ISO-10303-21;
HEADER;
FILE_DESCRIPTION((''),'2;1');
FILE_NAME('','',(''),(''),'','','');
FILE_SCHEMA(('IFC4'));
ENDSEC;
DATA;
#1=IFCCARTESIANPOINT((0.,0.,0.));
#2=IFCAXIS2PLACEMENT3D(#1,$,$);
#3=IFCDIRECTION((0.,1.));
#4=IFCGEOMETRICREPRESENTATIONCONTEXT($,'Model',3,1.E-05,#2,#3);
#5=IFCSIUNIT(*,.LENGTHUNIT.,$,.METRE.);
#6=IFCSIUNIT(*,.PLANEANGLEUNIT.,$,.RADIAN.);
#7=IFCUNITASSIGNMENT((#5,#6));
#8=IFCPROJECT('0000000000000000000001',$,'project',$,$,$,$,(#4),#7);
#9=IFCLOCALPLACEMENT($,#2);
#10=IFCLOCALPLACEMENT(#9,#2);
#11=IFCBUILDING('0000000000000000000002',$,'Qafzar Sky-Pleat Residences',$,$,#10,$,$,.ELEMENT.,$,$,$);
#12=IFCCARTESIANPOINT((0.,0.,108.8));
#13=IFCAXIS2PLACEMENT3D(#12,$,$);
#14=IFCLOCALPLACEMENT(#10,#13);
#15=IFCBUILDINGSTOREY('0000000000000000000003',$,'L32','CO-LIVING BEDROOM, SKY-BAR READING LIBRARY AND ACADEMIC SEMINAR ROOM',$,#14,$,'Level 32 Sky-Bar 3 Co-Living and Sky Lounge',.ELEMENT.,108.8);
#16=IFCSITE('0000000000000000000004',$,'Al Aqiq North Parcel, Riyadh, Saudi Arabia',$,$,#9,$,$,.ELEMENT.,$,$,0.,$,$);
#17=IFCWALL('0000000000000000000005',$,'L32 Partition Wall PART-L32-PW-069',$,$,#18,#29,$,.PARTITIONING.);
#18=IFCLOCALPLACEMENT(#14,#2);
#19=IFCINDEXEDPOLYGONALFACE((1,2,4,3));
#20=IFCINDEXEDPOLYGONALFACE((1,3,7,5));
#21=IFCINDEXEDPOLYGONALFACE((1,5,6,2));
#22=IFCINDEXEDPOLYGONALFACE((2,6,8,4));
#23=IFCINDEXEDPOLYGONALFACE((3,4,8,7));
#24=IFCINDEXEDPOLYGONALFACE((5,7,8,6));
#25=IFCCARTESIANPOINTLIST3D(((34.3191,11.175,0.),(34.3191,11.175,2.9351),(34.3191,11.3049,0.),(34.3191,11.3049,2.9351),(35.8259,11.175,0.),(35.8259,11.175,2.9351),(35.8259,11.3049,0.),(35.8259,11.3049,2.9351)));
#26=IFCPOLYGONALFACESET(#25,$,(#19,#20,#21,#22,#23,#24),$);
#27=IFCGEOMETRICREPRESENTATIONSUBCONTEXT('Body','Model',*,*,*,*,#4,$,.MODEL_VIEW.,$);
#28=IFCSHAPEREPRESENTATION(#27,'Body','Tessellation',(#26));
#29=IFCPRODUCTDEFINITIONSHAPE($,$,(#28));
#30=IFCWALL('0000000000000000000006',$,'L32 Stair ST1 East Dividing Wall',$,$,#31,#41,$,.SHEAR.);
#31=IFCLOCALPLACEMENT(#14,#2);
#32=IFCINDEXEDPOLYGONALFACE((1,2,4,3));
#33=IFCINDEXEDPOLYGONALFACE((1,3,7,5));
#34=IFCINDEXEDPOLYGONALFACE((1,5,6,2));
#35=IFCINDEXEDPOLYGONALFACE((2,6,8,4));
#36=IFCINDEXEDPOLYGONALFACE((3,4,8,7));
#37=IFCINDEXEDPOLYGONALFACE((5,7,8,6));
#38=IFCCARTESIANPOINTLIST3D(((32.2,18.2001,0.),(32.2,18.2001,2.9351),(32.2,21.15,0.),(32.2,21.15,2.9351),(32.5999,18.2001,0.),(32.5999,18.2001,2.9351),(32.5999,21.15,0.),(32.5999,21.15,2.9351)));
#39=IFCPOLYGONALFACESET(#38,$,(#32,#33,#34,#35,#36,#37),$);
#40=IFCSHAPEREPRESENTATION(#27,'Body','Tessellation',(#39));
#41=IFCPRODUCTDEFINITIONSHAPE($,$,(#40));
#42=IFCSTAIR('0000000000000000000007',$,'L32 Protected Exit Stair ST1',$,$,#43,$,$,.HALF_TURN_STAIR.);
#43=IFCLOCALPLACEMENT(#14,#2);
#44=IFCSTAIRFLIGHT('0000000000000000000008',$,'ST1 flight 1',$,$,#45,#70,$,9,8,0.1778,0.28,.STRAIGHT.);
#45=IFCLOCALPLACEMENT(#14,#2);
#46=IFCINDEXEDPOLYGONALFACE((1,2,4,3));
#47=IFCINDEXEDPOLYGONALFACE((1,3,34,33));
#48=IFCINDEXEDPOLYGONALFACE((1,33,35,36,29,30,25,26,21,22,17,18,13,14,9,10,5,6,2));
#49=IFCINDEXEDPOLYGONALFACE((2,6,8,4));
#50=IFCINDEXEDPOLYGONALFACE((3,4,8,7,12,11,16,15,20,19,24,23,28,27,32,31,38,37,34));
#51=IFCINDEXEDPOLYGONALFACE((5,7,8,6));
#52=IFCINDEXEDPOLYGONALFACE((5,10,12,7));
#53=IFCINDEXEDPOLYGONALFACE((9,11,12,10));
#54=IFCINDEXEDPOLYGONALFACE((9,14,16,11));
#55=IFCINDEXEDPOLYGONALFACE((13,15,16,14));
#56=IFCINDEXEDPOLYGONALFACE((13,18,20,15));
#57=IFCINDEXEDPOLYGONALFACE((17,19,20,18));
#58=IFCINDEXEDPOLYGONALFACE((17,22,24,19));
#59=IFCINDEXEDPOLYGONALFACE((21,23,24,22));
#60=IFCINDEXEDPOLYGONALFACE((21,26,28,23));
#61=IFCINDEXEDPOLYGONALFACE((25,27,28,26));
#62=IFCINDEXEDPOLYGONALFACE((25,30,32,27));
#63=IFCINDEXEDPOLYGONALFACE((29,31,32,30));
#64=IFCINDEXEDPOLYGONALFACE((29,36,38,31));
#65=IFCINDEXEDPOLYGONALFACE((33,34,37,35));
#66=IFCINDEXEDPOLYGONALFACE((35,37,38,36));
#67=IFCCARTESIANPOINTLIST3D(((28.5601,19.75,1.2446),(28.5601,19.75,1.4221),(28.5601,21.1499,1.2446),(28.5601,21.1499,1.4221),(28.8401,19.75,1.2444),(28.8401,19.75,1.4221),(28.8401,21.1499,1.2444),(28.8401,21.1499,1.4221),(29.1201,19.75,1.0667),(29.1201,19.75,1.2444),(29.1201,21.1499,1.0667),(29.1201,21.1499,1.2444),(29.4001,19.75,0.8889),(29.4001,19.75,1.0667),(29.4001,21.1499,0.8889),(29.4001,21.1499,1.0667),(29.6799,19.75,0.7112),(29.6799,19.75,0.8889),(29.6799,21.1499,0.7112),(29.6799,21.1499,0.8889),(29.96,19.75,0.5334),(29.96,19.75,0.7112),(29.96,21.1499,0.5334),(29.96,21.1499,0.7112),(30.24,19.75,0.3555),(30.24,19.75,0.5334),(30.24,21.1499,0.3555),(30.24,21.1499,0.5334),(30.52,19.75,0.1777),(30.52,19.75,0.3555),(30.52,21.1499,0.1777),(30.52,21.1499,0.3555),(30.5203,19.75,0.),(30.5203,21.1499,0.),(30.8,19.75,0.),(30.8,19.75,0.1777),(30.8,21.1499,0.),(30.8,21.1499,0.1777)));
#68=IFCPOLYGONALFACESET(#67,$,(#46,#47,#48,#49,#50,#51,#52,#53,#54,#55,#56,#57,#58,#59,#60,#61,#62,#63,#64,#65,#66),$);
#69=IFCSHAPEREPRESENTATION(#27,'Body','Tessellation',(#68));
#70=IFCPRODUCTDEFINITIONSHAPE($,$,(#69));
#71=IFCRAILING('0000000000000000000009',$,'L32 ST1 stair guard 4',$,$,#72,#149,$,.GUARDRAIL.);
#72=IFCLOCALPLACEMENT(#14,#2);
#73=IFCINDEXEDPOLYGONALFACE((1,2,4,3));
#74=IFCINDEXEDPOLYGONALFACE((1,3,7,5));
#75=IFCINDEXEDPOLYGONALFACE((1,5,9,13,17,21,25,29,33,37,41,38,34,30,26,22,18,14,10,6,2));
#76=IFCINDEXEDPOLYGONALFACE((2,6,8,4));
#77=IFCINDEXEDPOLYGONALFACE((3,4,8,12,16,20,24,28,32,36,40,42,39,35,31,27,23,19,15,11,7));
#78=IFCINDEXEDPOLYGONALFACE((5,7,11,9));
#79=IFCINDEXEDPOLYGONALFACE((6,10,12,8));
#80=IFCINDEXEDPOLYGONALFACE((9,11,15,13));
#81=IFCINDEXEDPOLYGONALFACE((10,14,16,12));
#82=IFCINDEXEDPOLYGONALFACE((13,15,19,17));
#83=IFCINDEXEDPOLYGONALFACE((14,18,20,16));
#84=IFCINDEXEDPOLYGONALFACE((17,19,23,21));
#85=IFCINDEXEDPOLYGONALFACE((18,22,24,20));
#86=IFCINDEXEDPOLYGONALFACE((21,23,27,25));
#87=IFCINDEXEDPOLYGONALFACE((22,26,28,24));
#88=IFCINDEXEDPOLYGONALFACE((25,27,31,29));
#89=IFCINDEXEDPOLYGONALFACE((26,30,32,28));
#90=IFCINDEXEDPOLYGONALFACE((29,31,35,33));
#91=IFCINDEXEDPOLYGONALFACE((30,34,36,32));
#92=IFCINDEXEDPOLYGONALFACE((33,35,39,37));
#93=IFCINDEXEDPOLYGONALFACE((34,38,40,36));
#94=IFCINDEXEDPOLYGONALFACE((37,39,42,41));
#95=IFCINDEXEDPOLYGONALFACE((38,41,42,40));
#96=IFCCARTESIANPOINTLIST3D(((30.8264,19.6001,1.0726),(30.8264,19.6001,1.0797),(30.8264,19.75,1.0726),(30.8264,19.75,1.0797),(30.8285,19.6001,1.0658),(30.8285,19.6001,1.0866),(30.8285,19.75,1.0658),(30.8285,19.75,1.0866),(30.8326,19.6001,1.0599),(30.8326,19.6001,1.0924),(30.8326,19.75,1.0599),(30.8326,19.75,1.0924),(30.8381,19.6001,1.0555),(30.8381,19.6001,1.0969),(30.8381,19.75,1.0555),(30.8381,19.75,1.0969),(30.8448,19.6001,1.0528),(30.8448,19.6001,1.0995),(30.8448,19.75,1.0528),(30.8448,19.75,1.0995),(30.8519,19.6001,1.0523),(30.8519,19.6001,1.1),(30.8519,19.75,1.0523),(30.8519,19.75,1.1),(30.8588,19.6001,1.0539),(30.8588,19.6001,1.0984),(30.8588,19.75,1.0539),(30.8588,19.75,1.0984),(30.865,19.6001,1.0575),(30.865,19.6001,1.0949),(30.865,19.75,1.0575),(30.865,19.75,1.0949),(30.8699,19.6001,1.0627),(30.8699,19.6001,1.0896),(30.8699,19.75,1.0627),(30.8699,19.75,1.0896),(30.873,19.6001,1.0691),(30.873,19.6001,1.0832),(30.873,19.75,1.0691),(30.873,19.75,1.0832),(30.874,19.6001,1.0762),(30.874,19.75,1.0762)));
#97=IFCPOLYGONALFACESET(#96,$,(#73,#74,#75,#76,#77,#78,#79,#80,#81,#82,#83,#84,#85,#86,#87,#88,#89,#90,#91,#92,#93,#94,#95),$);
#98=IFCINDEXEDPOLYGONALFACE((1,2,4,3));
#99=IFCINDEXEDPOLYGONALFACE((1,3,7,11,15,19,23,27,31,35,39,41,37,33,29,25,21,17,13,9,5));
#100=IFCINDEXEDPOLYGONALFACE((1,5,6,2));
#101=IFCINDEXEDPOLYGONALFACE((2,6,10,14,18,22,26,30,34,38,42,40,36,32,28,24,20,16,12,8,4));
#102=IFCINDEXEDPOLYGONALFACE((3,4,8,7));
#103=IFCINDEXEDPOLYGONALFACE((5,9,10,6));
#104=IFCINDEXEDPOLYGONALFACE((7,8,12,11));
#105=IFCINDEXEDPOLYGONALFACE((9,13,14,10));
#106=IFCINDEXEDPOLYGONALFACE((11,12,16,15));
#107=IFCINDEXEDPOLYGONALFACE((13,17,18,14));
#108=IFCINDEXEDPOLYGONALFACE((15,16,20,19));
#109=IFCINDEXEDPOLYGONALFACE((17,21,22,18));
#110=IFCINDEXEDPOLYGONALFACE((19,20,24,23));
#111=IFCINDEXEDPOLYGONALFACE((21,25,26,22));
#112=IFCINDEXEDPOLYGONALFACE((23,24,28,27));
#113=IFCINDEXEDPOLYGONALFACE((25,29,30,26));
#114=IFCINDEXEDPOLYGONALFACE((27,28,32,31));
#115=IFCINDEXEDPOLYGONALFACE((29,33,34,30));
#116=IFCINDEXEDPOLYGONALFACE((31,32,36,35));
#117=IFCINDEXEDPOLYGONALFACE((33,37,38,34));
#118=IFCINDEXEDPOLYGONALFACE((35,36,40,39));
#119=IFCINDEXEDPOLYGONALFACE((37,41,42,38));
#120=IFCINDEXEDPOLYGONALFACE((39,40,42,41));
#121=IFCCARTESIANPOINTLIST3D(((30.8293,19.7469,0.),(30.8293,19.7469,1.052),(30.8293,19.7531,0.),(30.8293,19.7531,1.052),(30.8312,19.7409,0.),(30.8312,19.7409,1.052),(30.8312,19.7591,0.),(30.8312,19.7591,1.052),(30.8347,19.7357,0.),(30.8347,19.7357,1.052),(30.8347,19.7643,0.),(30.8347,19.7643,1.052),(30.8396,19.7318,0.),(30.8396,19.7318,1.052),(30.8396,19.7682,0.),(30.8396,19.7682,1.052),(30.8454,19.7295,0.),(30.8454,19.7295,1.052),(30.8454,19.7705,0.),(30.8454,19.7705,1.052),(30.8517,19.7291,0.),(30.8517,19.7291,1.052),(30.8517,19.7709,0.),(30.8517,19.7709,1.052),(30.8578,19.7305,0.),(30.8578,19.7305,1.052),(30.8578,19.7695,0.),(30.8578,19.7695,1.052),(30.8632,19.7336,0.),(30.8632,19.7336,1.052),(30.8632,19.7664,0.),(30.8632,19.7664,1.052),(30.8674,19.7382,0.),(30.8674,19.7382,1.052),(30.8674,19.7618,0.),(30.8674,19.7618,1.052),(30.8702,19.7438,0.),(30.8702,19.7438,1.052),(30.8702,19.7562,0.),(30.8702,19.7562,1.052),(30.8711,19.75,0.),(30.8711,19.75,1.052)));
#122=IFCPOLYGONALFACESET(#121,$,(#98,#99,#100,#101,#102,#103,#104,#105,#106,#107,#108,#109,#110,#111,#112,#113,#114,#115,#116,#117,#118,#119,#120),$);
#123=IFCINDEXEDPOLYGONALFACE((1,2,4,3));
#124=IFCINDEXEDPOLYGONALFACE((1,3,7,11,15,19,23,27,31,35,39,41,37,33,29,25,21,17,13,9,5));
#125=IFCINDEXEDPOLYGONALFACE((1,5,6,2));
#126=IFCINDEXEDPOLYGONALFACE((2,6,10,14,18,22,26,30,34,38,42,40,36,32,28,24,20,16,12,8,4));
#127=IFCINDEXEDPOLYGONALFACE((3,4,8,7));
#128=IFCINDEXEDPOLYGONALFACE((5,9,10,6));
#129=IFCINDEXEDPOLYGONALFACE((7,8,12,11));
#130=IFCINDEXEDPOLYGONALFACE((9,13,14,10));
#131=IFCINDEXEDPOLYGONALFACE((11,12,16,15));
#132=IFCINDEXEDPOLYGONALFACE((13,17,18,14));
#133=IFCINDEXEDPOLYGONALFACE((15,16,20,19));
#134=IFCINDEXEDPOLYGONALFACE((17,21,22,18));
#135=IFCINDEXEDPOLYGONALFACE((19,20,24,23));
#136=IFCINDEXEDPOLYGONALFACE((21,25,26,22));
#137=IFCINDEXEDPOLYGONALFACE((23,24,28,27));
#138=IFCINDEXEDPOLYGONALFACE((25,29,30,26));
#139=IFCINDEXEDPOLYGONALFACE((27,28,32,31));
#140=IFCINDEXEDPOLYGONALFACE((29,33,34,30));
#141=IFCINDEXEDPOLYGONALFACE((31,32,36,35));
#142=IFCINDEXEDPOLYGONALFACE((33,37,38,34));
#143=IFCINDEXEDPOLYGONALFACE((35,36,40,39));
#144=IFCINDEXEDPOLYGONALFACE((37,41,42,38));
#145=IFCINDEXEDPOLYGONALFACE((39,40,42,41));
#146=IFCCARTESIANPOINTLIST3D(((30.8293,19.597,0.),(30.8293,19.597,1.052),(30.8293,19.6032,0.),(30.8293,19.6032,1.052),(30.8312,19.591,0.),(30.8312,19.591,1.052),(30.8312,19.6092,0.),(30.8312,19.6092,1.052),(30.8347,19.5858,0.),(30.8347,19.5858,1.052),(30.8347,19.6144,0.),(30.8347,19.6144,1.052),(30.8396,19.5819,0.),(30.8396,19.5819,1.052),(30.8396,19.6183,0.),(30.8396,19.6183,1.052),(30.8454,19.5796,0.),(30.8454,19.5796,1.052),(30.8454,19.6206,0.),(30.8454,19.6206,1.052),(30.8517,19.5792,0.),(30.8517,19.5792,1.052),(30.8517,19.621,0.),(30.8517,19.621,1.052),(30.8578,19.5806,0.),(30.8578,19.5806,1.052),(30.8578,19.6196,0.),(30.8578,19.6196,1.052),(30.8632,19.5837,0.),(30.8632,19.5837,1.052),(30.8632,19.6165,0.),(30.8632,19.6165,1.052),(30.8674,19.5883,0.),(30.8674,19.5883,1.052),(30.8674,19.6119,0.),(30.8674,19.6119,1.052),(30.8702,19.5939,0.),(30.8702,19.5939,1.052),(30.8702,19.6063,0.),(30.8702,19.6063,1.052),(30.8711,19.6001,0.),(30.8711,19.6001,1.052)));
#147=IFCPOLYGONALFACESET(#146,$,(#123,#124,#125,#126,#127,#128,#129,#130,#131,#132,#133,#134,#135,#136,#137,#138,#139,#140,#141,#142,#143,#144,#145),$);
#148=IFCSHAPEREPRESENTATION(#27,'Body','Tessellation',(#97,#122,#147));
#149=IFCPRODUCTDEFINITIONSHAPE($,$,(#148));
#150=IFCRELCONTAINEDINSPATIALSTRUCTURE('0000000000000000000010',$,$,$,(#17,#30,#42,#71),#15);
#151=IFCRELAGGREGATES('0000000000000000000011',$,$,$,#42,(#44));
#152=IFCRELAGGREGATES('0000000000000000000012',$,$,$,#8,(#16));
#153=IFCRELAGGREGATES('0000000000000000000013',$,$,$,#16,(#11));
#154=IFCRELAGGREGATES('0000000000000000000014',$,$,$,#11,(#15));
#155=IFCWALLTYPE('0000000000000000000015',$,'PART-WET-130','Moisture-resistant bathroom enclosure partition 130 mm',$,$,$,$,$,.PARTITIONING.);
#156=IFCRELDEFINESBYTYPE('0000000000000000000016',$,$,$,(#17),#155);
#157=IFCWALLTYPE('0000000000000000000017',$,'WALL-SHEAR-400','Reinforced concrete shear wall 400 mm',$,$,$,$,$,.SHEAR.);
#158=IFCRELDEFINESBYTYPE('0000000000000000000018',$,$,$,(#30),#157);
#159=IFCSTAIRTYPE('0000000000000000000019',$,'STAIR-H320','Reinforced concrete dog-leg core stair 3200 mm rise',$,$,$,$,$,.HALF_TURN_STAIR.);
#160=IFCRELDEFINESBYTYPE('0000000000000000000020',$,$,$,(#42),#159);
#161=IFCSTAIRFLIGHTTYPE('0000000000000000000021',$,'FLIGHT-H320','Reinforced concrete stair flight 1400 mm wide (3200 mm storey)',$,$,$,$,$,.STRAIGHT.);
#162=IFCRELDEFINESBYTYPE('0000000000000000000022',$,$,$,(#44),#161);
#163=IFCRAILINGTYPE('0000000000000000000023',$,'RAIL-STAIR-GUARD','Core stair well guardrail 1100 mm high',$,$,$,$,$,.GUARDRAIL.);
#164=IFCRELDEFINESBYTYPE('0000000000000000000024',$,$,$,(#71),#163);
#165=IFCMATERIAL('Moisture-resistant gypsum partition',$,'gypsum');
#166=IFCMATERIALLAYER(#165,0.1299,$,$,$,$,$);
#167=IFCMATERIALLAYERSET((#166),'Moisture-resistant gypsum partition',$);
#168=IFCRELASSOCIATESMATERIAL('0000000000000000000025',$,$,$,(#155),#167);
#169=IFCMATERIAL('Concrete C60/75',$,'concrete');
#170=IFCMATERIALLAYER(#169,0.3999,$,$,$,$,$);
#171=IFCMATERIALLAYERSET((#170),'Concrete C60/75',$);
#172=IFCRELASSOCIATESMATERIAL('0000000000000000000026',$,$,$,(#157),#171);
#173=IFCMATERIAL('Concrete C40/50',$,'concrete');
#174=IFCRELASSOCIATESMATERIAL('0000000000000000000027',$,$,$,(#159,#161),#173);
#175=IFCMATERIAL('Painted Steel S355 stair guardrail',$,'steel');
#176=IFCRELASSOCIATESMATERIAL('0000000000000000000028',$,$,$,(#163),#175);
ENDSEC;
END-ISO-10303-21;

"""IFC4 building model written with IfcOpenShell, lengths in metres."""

from ifc_helpers import new_model, si_unit, direction, frame, frame_2d, origin, origin_2d, place, context, subcontext, project, spatial, polyline, rectangle, circle, outline, extrude, source, transform, mapped, material, layer, layer_set, type_object, element, aggregate, save


model = new_model("IFC4")

# Units and contexts
model_context = context("Model", 3, precision=1e-05, world=origin(), true_north=direction((0.0, 1.0)))
body_context = subcontext(model_context, "Body", "Model", "MODEL_VIEW")
ifc_project = project(units=[si_unit("LENGTHUNIT", "METRE"), si_unit("PLANEANGLEUNIT", "RADIAN")], contexts=[model_context])

# Site, building, storey
site_placement = place(None, origin())
site = spatial("IfcSite", under=ifc_project, at=site_placement, Name="Al Aqiq North Parcel, Riyadh, Saudi Arabia", CompositionType="ELEMENT", RefElevation=0.0)
building_placement = place(site_placement, origin())
building = spatial("IfcBuilding", under=site, at=building_placement, Name="Qafzar Sky-Pleat Residences", CompositionType="ELEMENT")
storey_placement = place(building_placement, frame((0.0, 0.0, 108.8)))
storey = spatial("IfcBuildingStorey", under=building, at=storey_placement, Name="L32", Description="CO-LIVING BEDROOM, SKY-BAR READING LIBRARY AND ACADEMIC SEMINAR ROOM", LongName="Level 32 Sky-Bar 3 Co-Living and Sky Lounge", CompositionType="ELEMENT", Elevation=108.8)

# Walls
ifc_material_1 = material(Name="Moisture-resistant gypsum partition", Category="gypsum")
ifc_layer_1 = layer(ifc_material_1, 0.1299)
ifc_layer_set_1 = layer_set([ifc_layer_1], Name="Moisture-resistant gypsum partition")
wall_type_1 = type_object("IfcWallType", Name="PART-WET-130", Description="Moisture-resistant bathroom enclosure partition 130 mm", PredefinedType="PARTITIONING", material=ifc_layer_set_1)
wall_1_placement = place(storey_placement, frame((34.3191, 11.24, 0.0), z_axis=(0.0, 0.0, 1.0), x_axis=(1.0, 0.0, 0.0)))
element("IfcWall", 1, at=wall_1_placement, inside=storey, type_object=wall_type_1, Name="L32 Partition Wall PART-L32-PW-069", PredefinedType="PARTITIONING", context=body_context, shape_type="SweptSolid", body=[
    extrude(rectangle(XDim=1.5068, YDim=0.1299, at=frame_2d((0.7534, 0.0))), origin(), (0.0, 0.0, 1.0), 2.9351),
])
ifc_material_2 = material(Name="Concrete C60/75", Category="concrete")
ifc_layer_2 = layer(ifc_material_2, 0.3999)
ifc_layer_set_2 = layer_set([ifc_layer_2], Name="Concrete C60/75")
wall_type_2 = type_object("IfcWallType", Name="WALL-SHEAR-400", Description="Reinforced concrete shear wall 400 mm", PredefinedType="SHEAR", material=ifc_layer_set_2)
wall_2_placement = place(storey_placement, frame((32.3999, 18.2, 0.0), z_axis=(0.0, 0.0, 1.0), x_axis=(0.0, 1.0, 0.0)))
element("IfcWall", 2, at=wall_2_placement, inside=storey, type_object=wall_type_2, Name="L32 Stair ST1 East Dividing Wall", PredefinedType="SHEAR", context=body_context, shape_type="SweptSolid", body=[
    extrude(rectangle(XDim=2.95, YDim=0.3999, at=frame_2d((1.4751, 0.0))), origin(), (0.0, 0.0, 1.0), 2.9351),
])

# Stair, stair flight
ifc_material_3 = material(Name="Concrete C40/50", Category="concrete")
stair_type = type_object("IfcStairType", Name="STAIR-H320", Description="Reinforced concrete dog-leg core stair 3200 mm rise", PredefinedType="HALF_TURN_STAIR", material=ifc_material_3)
stair_placement = place(storey_placement, origin())
stair = element("IfcStair", 3, at=stair_placement, inside=storey, type_object=stair_type, Name="L32 Protected Exit Stair ST1", PredefinedType="HALF_TURN_STAIR")
stair_flight_type = type_object("IfcStairFlightType", Name="FLIGHT-H320", Description="Reinforced concrete stair flight 1400 mm wide (3200 mm storey)", PredefinedType="STRAIGHT", material=ifc_material_3)
shared_shape_1 = source(origin(), body_context, "Body", "SweptSolid", [
    extrude(outline(polyline([(0.0, 0.0), (0.0, 0.1777), (0.28, 0.1777), (0.28, 0.3555), (0.5601, 0.3555), (0.5601, 0.5334), (0.8401, 0.5334), (0.8401, 0.7112), (1.1201, 0.7112), (1.1201, 0.8889), (1.3999, 0.8889), (1.3999, 1.0667), (1.6799, 1.0667), (1.6799, 1.2444), (1.96, 1.2444), (1.96, 1.4221), (2.24, 1.4221), (2.24, 1.6001), (2.24, 1.2446), (0.2798, 0.0), (0.0, 0.0)])), frame((0.0, 0.7, 0.0), z_axis=(0.0, -1.0, 0.0), x_axis=(1.0, 0.0, 0.0)), (0.0, 0.0, 1.0), 1.3999),
])
stair_flight_placement = place(storey_placement, frame((30.8, 20.45, 0.0), z_axis=(0.0, 0.0, 1.0), x_axis=(-1.0, 0.0, 0.0)))
stair_flight = element("IfcStairFlight", 4, at=stair_flight_placement, type_object=stair_flight_type, Name="ST1 flight 1", NumberOfRisers=9, NumberOfTreads=8, PredefinedType="STRAIGHT", RiserHeight=0.1778, TreadLength=0.28, context=body_context, shape_type="MappedRepresentation", body=[
    mapped(shared_shape_1, transform((0.0, 0.0, 0.0), x_axis=(1.0, 0.0, 0.0), y_axis=(0.0, 1.0, 0.0), z_axis=(0.0, 0.0, 1.0), scale=1.0)),
])
aggregate(stair, [stair_flight])

# Railing
ifc_material_4 = material(Name="Painted Steel S355 stair guardrail", Category="steel")
railing_type = type_object("IfcRailingType", Name="RAIL-STAIR-GUARD", Description="Core stair well guardrail 1100 mm high", PredefinedType="GUARDRAIL", material=ifc_material_4)
shared_shape_2 = source(origin(), body_context, "Body", "SweptSolid", [
    extrude(circle(Radius=0.0239, at=origin_2d()), frame((0.0, 0.0, 1.0762), z_axis=(0.0, -1.0, 0.0), x_axis=(1.0, 0.0, 0.0)), (0.0, 0.0, 1.0), 0.1499),
    extrude(circle(Radius=0.021, at=origin_2d()), origin(), (0.0, 0.0, 1.0), 1.052),
    extrude(circle(Radius=0.021, at=origin_2d()), frame((0.0, -0.1499, 0.0)), (0.0, 0.0, 1.0), 1.052),
])
railing_placement = place(storey_placement, frame((30.8501, 19.75, 0.0)))
element("IfcRailing", 5, at=railing_placement, inside=storey, type_object=railing_type, Name="L32 ST1 stair guard 4", PredefinedType="GUARDRAIL", context=body_context, shape_type="MappedRepresentation", body=[
    mapped(shared_shape_2, transform((0.0, 0.0, 0.0), x_axis=(1.0, 0.0, 0.0), y_axis=(0.0, 1.0, 0.0), z_axis=(0.0, 0.0, 1.0), scale=1.0)),
])

save(model, "model.ifc")
